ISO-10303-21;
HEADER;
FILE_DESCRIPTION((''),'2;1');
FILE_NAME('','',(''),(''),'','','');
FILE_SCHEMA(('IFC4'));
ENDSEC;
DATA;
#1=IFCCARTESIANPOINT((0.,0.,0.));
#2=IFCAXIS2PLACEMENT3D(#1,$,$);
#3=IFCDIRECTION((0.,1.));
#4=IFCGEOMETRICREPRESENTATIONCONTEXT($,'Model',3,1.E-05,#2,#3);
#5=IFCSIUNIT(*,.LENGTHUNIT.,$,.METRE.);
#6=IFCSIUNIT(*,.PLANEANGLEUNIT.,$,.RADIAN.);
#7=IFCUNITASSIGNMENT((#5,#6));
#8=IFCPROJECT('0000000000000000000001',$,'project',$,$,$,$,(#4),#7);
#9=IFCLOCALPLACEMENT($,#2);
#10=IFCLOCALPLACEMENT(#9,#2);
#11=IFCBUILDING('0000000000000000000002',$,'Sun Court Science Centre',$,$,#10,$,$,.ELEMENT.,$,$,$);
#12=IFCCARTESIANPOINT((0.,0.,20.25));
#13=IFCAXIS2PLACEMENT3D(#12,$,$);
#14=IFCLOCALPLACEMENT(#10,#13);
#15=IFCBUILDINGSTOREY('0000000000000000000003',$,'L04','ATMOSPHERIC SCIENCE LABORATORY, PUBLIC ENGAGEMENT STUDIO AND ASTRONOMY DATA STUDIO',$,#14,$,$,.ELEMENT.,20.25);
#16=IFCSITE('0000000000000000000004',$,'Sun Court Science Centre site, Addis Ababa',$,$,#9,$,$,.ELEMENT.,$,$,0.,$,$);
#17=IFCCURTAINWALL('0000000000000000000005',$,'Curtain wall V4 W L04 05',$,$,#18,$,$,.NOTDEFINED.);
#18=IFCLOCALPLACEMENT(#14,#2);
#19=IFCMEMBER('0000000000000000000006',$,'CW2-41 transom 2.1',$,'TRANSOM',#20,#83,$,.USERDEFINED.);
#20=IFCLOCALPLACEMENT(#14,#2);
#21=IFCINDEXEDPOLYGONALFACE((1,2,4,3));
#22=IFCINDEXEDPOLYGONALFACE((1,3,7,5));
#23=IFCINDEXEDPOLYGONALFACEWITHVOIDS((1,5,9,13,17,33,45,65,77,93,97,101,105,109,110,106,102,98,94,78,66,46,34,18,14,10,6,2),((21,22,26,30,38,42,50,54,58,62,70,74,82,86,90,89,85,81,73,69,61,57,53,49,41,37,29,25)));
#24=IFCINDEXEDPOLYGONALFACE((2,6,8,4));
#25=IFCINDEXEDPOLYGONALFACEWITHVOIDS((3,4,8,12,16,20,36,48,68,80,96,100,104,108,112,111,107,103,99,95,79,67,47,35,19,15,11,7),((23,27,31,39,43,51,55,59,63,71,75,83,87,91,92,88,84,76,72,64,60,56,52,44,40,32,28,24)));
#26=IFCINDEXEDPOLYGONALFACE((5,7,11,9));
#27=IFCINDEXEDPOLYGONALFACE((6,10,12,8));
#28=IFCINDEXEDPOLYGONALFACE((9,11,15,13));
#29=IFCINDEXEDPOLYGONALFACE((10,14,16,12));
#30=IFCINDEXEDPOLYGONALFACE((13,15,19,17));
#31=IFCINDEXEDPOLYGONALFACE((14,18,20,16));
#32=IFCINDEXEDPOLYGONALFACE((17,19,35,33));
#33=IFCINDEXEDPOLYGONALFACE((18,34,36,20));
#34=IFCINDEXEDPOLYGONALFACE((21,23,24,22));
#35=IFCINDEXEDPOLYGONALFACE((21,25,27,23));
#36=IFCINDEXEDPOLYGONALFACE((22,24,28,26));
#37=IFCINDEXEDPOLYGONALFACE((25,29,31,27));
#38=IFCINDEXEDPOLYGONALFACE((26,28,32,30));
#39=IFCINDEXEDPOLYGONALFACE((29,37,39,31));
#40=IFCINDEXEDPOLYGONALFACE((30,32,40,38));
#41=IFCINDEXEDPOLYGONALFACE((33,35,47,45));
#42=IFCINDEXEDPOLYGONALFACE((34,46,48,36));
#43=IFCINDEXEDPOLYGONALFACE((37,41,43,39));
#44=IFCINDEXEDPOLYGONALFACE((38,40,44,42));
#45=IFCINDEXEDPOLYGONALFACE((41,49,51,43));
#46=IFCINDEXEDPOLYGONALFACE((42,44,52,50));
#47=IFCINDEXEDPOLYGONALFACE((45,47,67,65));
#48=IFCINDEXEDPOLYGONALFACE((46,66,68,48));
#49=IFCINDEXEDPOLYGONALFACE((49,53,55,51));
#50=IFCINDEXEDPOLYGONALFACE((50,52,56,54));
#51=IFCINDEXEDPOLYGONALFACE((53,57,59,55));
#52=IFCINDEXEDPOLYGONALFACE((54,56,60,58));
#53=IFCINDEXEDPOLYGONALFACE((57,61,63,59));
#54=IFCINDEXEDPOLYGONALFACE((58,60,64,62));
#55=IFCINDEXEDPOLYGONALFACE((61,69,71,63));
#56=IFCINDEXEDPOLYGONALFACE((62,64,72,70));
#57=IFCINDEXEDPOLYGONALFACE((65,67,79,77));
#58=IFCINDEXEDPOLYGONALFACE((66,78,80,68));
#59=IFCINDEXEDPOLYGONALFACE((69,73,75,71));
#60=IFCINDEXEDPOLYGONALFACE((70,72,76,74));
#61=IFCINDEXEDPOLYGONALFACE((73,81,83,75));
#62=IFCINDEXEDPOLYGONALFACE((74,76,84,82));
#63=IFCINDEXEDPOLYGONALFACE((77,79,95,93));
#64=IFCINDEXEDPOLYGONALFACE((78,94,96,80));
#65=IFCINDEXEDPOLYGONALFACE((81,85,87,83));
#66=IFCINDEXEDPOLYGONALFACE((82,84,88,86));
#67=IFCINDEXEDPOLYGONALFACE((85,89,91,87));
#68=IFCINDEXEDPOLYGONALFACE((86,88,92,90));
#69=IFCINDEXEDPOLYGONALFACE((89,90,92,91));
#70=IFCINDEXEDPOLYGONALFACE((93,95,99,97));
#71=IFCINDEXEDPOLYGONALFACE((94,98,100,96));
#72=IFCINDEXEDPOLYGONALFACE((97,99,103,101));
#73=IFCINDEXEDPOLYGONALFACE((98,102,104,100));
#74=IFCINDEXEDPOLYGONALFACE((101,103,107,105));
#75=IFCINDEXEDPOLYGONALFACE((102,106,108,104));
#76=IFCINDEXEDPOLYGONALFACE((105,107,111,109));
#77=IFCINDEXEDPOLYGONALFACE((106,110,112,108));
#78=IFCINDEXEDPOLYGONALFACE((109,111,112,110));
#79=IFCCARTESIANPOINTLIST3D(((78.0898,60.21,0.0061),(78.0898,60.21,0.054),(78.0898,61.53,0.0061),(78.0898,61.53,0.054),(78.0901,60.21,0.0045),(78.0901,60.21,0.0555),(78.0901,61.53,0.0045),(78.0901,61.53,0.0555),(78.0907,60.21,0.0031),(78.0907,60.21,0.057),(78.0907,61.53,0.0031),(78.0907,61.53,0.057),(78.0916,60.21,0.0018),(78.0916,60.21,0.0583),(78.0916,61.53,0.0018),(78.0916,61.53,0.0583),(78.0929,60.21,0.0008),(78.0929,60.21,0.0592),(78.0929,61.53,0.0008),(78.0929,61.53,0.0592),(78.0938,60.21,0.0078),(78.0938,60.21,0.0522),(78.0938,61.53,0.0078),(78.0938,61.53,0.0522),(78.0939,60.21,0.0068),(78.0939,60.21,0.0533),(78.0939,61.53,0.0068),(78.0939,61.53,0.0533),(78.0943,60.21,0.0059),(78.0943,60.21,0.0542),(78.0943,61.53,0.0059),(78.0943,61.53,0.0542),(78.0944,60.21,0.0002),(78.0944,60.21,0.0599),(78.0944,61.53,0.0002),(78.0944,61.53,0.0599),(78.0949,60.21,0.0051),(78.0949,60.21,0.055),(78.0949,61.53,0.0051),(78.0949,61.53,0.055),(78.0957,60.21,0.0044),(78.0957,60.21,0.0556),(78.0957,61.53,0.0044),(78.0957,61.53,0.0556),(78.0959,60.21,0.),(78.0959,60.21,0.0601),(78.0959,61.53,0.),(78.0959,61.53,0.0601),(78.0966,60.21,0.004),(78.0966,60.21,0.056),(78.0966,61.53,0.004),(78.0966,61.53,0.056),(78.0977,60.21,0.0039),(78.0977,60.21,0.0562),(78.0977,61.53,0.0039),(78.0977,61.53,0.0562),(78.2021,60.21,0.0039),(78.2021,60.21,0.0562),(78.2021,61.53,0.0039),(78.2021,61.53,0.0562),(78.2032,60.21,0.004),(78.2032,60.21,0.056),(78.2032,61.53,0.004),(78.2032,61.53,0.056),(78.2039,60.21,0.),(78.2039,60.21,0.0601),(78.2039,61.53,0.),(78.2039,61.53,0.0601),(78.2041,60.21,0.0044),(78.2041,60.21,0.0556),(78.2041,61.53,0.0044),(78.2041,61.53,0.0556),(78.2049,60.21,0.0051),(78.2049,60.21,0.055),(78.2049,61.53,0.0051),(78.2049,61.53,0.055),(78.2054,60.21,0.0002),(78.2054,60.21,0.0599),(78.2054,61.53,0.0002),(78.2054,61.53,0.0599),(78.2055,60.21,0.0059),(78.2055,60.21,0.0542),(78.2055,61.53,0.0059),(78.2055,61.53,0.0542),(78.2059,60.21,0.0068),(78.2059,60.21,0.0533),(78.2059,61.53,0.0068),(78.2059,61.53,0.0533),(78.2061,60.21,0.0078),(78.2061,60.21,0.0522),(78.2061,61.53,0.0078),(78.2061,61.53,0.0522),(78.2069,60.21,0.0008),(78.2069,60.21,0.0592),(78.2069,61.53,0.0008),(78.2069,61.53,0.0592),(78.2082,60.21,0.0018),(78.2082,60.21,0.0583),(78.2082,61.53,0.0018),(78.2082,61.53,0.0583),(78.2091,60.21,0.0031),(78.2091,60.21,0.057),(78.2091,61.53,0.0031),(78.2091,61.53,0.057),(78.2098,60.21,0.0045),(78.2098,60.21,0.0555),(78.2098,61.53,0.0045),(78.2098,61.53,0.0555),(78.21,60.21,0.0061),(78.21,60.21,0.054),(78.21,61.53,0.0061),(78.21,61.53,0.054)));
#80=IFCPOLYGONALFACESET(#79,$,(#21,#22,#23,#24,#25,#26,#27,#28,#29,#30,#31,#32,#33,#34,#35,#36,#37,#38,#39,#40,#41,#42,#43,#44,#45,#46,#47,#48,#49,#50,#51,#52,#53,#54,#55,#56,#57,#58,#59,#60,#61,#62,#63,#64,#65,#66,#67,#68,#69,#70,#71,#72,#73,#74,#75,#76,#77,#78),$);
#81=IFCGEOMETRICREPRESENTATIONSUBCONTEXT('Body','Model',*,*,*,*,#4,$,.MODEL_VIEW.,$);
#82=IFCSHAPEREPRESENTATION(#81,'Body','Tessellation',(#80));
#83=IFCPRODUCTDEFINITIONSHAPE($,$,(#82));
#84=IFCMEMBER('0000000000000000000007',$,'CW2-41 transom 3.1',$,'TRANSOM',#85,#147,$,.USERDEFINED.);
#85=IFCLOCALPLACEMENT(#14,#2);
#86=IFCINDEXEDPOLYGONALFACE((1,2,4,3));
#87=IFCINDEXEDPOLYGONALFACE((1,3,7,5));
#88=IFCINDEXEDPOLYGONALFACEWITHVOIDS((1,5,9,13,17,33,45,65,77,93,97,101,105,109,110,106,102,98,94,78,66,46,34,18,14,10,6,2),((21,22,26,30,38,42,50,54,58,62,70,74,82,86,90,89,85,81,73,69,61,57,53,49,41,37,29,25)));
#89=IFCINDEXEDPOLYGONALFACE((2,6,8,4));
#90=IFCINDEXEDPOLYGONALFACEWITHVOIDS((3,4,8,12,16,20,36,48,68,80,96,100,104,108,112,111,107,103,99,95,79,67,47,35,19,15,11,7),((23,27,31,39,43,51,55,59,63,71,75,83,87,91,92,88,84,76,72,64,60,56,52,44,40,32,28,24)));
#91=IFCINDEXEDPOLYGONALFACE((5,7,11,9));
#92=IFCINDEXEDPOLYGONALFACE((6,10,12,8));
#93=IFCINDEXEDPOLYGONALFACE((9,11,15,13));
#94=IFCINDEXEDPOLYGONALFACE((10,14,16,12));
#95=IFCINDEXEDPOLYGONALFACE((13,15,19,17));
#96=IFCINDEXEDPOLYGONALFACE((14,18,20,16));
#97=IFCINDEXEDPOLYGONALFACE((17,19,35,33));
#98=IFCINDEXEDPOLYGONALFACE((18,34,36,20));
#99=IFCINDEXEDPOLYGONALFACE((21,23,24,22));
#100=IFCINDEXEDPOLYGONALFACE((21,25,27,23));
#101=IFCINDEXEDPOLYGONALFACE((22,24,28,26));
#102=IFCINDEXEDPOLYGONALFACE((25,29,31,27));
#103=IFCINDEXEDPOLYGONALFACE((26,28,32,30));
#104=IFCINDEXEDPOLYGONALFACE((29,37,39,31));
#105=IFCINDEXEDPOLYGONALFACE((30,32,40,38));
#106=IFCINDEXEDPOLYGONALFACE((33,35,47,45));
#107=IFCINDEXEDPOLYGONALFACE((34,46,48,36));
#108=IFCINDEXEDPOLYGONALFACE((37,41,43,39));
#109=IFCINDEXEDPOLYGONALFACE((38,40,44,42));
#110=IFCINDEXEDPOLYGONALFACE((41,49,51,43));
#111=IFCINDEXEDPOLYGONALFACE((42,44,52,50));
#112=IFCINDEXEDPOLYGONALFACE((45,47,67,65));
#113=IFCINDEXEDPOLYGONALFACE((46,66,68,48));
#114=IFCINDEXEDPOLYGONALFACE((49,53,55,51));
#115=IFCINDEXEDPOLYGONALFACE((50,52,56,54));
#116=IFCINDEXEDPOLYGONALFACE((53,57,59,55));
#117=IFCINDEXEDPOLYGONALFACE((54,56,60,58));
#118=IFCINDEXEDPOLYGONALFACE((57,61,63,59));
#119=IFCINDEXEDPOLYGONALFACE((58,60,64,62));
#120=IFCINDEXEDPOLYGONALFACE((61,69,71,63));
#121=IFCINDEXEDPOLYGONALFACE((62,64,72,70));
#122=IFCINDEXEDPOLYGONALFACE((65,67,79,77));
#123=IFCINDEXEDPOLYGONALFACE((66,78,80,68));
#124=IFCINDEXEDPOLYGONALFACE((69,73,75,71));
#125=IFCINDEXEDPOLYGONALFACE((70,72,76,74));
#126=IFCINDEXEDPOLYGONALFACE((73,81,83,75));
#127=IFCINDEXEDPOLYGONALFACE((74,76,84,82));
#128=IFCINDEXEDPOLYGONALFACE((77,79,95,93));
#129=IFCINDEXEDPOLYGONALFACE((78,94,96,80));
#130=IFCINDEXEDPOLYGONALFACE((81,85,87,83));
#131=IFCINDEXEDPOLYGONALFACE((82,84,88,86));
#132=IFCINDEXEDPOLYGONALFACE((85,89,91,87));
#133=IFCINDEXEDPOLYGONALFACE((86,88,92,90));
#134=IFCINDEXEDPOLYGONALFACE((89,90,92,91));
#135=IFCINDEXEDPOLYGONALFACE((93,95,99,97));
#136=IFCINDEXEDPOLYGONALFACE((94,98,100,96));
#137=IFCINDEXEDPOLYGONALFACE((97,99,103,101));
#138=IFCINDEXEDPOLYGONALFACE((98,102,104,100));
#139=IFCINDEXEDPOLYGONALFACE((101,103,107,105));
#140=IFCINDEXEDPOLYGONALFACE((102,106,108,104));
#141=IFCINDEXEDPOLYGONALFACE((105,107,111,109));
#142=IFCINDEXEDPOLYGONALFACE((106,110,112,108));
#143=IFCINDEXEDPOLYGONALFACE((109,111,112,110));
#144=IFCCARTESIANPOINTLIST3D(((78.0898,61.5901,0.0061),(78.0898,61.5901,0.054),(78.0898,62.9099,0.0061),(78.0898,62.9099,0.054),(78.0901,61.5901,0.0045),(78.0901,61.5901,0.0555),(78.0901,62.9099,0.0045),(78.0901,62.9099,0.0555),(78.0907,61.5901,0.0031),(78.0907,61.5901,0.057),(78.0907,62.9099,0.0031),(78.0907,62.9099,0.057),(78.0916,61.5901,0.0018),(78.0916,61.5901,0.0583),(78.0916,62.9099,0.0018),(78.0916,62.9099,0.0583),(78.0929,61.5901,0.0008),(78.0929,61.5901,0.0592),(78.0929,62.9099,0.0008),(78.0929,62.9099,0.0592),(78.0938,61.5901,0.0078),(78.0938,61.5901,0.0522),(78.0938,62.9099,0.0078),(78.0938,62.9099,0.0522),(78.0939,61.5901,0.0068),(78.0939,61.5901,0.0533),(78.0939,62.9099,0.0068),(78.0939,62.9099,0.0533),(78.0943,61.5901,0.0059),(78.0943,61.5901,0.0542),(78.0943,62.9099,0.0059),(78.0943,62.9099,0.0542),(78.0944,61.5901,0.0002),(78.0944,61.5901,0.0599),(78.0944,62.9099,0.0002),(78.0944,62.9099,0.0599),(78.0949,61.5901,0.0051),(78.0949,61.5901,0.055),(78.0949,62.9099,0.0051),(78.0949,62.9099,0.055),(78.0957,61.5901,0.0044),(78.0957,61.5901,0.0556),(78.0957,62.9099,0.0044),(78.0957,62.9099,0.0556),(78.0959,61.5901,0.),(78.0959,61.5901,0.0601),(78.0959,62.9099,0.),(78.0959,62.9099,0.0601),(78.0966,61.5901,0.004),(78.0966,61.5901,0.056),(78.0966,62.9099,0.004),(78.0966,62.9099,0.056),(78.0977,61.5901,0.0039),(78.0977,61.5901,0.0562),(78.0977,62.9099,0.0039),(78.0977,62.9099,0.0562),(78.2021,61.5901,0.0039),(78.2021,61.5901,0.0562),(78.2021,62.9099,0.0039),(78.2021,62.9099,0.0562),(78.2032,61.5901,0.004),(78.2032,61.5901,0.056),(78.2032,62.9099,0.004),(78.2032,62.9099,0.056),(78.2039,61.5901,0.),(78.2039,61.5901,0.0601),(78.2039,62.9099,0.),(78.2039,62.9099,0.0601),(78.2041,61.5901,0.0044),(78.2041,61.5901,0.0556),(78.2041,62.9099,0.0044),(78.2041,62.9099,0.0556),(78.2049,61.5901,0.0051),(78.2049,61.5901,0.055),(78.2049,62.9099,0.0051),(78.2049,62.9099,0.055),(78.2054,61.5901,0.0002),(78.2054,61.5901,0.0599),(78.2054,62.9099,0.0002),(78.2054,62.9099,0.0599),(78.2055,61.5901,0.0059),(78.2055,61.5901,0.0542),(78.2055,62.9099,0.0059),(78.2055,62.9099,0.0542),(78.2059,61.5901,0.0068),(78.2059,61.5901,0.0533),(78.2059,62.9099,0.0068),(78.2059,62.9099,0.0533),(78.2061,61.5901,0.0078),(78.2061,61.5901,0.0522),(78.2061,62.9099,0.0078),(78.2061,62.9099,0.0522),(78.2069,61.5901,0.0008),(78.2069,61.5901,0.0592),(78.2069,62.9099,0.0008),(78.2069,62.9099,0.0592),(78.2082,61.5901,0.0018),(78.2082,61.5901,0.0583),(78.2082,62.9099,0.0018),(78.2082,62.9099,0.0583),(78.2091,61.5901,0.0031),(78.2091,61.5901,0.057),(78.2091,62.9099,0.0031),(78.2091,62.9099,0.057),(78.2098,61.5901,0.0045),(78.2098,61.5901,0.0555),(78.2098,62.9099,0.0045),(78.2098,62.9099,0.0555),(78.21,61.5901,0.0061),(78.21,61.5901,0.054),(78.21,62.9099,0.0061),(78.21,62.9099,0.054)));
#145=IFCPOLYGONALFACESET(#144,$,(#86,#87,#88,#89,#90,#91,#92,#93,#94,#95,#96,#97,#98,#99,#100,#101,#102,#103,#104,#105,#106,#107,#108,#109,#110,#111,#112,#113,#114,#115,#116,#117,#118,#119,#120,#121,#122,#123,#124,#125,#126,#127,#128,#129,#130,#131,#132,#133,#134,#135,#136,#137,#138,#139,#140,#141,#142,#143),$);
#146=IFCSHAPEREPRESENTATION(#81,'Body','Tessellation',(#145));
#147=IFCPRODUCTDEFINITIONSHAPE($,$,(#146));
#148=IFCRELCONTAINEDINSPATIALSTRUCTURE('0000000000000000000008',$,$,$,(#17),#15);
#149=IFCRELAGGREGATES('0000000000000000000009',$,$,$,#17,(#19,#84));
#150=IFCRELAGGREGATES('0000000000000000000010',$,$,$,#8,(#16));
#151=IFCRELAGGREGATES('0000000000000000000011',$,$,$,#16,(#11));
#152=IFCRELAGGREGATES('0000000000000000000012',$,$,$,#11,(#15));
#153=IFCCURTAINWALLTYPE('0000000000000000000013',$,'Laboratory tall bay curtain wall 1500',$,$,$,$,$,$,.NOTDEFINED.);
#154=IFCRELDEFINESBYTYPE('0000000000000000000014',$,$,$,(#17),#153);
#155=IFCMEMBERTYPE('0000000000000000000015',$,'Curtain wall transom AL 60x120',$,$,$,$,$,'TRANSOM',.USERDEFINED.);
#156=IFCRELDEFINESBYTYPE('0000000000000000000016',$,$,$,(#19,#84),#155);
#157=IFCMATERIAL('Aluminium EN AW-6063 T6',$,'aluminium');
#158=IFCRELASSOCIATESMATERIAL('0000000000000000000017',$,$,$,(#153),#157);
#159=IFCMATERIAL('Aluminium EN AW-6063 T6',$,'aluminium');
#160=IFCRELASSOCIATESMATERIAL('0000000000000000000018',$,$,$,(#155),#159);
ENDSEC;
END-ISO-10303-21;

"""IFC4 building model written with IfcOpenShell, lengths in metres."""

from ifc_helpers import new_model, si_unit, direction, frame, origin, origin_2d, place, context, subcontext, project, spatial, hollow_rectangle, extrude, material, material_profile, profile_set, type_object, element, aggregate, save


model = new_model("IFC4")

# Units and contexts
model_context = context("Model", 3, precision=1e-05, world=origin(), true_north=direction((0.0, 1.0)))
body_context = subcontext(model_context, "Body", "Model", "MODEL_VIEW")
ifc_project = project(units=[si_unit("LENGTHUNIT", "METRE"), si_unit("PLANEANGLEUNIT", "RADIAN")], contexts=[model_context])

# Site, building, storey
site_placement = place(None, origin())
site = spatial("IfcSite", under=ifc_project, at=site_placement, Name="Sun Court Science Centre site, Addis Ababa", CompositionType="ELEMENT", RefElevation=0.0)
building_placement = place(site_placement, origin())
building = spatial("IfcBuilding", under=site, at=building_placement, Name="Sun Court Science Centre", CompositionType="ELEMENT")
storey_placement = place(building_placement, frame((0.0, 0.0, 20.25)))
storey = spatial("IfcBuildingStorey", under=building, at=storey_placement, Name="L04", Description="ATMOSPHERIC SCIENCE LABORATORY, PUBLIC ENGAGEMENT STUDIO AND ASTRONOMY DATA STUDIO", CompositionType="ELEMENT", Elevation=20.25)

# Curtain wall
ifc_material_1 = material(Name="Aluminium EN AW-6063 T6", Category="aluminium")
curtain_wall_type = type_object("IfcCurtainWallType", Name="Laboratory tall bay curtain wall 1500", PredefinedType="NOTDEFINED", material=ifc_material_1)
curtain_wall_1_placement = place(storey_placement, origin())
curtain_wall_1 = element("IfcCurtainWall", 1, at=curtain_wall_1_placement, inside=storey, type_object=curtain_wall_type, Name="Curtain wall V4 W L04 05", PredefinedType="NOTDEFINED")

# Members
ifc_material_2 = material(Name="Aluminium EN AW-6063 T6", Category="aluminium")
ifc_material_profile_1 = material_profile(ifc_material_2, hollow_rectangle(XDim=0.0601, YDim=0.1201, WallThickness=0.0039, InnerFilletRadius=0.0039, OuterFilletRadius=0.0061, at=origin_2d()), Name="AL 60x120x4")
ifc_profile_set_1 = profile_set([ifc_material_profile_1], Name="Aluminium EN AW-6063 T6")
member_type_1 = type_object("IfcMemberType", Name="Curtain wall transom AL 60x120", ElementType="TRANSOM", PredefinedType="USERDEFINED", material=ifc_profile_set_1)
member_1_placement = place(storey_placement, frame((78.1499, 60.21, 0.03), z_axis=(0.0, 1.0, 0.0), x_axis=(0.0, 0.0, 1.0)))
member_1 = element("IfcMember", 2, at=member_1_placement, type_object=member_type_1, Name="CW2-41 transom 2.1", ObjectType="TRANSOM", PredefinedType="USERDEFINED", context=body_context, shape_type="SweptSolid", body=[
    extrude(hollow_rectangle(XDim=0.0601, YDim=0.1201, WallThickness=0.0039, InnerFilletRadius=0.0039, OuterFilletRadius=0.0061, at=origin_2d()), origin(), (0.0, 0.0, 1.0), 1.3201),
])
member_2_placement = place(storey_placement, frame((78.1499, 61.5901, 0.03), z_axis=(0.0, 1.0, 0.0), x_axis=(0.0, 0.0, 1.0)))
member_2 = element("IfcMember", 3, at=member_2_placement, type_object=member_type_1, Name="CW2-41 transom 3.1", ObjectType="TRANSOM", PredefinedType="USERDEFINED", context=body_context, shape_type="SweptSolid", body=[
    extrude(hollow_rectangle(XDim=0.0601, YDim=0.1201, WallThickness=0.0039, InnerFilletRadius=0.0039, OuterFilletRadius=0.0061, at=origin_2d()), origin(), (0.0, 0.0, 1.0), 1.3198),
])

aggregate(curtain_wall_1, [member_1, member_2])

save(model, "model.ifc")
